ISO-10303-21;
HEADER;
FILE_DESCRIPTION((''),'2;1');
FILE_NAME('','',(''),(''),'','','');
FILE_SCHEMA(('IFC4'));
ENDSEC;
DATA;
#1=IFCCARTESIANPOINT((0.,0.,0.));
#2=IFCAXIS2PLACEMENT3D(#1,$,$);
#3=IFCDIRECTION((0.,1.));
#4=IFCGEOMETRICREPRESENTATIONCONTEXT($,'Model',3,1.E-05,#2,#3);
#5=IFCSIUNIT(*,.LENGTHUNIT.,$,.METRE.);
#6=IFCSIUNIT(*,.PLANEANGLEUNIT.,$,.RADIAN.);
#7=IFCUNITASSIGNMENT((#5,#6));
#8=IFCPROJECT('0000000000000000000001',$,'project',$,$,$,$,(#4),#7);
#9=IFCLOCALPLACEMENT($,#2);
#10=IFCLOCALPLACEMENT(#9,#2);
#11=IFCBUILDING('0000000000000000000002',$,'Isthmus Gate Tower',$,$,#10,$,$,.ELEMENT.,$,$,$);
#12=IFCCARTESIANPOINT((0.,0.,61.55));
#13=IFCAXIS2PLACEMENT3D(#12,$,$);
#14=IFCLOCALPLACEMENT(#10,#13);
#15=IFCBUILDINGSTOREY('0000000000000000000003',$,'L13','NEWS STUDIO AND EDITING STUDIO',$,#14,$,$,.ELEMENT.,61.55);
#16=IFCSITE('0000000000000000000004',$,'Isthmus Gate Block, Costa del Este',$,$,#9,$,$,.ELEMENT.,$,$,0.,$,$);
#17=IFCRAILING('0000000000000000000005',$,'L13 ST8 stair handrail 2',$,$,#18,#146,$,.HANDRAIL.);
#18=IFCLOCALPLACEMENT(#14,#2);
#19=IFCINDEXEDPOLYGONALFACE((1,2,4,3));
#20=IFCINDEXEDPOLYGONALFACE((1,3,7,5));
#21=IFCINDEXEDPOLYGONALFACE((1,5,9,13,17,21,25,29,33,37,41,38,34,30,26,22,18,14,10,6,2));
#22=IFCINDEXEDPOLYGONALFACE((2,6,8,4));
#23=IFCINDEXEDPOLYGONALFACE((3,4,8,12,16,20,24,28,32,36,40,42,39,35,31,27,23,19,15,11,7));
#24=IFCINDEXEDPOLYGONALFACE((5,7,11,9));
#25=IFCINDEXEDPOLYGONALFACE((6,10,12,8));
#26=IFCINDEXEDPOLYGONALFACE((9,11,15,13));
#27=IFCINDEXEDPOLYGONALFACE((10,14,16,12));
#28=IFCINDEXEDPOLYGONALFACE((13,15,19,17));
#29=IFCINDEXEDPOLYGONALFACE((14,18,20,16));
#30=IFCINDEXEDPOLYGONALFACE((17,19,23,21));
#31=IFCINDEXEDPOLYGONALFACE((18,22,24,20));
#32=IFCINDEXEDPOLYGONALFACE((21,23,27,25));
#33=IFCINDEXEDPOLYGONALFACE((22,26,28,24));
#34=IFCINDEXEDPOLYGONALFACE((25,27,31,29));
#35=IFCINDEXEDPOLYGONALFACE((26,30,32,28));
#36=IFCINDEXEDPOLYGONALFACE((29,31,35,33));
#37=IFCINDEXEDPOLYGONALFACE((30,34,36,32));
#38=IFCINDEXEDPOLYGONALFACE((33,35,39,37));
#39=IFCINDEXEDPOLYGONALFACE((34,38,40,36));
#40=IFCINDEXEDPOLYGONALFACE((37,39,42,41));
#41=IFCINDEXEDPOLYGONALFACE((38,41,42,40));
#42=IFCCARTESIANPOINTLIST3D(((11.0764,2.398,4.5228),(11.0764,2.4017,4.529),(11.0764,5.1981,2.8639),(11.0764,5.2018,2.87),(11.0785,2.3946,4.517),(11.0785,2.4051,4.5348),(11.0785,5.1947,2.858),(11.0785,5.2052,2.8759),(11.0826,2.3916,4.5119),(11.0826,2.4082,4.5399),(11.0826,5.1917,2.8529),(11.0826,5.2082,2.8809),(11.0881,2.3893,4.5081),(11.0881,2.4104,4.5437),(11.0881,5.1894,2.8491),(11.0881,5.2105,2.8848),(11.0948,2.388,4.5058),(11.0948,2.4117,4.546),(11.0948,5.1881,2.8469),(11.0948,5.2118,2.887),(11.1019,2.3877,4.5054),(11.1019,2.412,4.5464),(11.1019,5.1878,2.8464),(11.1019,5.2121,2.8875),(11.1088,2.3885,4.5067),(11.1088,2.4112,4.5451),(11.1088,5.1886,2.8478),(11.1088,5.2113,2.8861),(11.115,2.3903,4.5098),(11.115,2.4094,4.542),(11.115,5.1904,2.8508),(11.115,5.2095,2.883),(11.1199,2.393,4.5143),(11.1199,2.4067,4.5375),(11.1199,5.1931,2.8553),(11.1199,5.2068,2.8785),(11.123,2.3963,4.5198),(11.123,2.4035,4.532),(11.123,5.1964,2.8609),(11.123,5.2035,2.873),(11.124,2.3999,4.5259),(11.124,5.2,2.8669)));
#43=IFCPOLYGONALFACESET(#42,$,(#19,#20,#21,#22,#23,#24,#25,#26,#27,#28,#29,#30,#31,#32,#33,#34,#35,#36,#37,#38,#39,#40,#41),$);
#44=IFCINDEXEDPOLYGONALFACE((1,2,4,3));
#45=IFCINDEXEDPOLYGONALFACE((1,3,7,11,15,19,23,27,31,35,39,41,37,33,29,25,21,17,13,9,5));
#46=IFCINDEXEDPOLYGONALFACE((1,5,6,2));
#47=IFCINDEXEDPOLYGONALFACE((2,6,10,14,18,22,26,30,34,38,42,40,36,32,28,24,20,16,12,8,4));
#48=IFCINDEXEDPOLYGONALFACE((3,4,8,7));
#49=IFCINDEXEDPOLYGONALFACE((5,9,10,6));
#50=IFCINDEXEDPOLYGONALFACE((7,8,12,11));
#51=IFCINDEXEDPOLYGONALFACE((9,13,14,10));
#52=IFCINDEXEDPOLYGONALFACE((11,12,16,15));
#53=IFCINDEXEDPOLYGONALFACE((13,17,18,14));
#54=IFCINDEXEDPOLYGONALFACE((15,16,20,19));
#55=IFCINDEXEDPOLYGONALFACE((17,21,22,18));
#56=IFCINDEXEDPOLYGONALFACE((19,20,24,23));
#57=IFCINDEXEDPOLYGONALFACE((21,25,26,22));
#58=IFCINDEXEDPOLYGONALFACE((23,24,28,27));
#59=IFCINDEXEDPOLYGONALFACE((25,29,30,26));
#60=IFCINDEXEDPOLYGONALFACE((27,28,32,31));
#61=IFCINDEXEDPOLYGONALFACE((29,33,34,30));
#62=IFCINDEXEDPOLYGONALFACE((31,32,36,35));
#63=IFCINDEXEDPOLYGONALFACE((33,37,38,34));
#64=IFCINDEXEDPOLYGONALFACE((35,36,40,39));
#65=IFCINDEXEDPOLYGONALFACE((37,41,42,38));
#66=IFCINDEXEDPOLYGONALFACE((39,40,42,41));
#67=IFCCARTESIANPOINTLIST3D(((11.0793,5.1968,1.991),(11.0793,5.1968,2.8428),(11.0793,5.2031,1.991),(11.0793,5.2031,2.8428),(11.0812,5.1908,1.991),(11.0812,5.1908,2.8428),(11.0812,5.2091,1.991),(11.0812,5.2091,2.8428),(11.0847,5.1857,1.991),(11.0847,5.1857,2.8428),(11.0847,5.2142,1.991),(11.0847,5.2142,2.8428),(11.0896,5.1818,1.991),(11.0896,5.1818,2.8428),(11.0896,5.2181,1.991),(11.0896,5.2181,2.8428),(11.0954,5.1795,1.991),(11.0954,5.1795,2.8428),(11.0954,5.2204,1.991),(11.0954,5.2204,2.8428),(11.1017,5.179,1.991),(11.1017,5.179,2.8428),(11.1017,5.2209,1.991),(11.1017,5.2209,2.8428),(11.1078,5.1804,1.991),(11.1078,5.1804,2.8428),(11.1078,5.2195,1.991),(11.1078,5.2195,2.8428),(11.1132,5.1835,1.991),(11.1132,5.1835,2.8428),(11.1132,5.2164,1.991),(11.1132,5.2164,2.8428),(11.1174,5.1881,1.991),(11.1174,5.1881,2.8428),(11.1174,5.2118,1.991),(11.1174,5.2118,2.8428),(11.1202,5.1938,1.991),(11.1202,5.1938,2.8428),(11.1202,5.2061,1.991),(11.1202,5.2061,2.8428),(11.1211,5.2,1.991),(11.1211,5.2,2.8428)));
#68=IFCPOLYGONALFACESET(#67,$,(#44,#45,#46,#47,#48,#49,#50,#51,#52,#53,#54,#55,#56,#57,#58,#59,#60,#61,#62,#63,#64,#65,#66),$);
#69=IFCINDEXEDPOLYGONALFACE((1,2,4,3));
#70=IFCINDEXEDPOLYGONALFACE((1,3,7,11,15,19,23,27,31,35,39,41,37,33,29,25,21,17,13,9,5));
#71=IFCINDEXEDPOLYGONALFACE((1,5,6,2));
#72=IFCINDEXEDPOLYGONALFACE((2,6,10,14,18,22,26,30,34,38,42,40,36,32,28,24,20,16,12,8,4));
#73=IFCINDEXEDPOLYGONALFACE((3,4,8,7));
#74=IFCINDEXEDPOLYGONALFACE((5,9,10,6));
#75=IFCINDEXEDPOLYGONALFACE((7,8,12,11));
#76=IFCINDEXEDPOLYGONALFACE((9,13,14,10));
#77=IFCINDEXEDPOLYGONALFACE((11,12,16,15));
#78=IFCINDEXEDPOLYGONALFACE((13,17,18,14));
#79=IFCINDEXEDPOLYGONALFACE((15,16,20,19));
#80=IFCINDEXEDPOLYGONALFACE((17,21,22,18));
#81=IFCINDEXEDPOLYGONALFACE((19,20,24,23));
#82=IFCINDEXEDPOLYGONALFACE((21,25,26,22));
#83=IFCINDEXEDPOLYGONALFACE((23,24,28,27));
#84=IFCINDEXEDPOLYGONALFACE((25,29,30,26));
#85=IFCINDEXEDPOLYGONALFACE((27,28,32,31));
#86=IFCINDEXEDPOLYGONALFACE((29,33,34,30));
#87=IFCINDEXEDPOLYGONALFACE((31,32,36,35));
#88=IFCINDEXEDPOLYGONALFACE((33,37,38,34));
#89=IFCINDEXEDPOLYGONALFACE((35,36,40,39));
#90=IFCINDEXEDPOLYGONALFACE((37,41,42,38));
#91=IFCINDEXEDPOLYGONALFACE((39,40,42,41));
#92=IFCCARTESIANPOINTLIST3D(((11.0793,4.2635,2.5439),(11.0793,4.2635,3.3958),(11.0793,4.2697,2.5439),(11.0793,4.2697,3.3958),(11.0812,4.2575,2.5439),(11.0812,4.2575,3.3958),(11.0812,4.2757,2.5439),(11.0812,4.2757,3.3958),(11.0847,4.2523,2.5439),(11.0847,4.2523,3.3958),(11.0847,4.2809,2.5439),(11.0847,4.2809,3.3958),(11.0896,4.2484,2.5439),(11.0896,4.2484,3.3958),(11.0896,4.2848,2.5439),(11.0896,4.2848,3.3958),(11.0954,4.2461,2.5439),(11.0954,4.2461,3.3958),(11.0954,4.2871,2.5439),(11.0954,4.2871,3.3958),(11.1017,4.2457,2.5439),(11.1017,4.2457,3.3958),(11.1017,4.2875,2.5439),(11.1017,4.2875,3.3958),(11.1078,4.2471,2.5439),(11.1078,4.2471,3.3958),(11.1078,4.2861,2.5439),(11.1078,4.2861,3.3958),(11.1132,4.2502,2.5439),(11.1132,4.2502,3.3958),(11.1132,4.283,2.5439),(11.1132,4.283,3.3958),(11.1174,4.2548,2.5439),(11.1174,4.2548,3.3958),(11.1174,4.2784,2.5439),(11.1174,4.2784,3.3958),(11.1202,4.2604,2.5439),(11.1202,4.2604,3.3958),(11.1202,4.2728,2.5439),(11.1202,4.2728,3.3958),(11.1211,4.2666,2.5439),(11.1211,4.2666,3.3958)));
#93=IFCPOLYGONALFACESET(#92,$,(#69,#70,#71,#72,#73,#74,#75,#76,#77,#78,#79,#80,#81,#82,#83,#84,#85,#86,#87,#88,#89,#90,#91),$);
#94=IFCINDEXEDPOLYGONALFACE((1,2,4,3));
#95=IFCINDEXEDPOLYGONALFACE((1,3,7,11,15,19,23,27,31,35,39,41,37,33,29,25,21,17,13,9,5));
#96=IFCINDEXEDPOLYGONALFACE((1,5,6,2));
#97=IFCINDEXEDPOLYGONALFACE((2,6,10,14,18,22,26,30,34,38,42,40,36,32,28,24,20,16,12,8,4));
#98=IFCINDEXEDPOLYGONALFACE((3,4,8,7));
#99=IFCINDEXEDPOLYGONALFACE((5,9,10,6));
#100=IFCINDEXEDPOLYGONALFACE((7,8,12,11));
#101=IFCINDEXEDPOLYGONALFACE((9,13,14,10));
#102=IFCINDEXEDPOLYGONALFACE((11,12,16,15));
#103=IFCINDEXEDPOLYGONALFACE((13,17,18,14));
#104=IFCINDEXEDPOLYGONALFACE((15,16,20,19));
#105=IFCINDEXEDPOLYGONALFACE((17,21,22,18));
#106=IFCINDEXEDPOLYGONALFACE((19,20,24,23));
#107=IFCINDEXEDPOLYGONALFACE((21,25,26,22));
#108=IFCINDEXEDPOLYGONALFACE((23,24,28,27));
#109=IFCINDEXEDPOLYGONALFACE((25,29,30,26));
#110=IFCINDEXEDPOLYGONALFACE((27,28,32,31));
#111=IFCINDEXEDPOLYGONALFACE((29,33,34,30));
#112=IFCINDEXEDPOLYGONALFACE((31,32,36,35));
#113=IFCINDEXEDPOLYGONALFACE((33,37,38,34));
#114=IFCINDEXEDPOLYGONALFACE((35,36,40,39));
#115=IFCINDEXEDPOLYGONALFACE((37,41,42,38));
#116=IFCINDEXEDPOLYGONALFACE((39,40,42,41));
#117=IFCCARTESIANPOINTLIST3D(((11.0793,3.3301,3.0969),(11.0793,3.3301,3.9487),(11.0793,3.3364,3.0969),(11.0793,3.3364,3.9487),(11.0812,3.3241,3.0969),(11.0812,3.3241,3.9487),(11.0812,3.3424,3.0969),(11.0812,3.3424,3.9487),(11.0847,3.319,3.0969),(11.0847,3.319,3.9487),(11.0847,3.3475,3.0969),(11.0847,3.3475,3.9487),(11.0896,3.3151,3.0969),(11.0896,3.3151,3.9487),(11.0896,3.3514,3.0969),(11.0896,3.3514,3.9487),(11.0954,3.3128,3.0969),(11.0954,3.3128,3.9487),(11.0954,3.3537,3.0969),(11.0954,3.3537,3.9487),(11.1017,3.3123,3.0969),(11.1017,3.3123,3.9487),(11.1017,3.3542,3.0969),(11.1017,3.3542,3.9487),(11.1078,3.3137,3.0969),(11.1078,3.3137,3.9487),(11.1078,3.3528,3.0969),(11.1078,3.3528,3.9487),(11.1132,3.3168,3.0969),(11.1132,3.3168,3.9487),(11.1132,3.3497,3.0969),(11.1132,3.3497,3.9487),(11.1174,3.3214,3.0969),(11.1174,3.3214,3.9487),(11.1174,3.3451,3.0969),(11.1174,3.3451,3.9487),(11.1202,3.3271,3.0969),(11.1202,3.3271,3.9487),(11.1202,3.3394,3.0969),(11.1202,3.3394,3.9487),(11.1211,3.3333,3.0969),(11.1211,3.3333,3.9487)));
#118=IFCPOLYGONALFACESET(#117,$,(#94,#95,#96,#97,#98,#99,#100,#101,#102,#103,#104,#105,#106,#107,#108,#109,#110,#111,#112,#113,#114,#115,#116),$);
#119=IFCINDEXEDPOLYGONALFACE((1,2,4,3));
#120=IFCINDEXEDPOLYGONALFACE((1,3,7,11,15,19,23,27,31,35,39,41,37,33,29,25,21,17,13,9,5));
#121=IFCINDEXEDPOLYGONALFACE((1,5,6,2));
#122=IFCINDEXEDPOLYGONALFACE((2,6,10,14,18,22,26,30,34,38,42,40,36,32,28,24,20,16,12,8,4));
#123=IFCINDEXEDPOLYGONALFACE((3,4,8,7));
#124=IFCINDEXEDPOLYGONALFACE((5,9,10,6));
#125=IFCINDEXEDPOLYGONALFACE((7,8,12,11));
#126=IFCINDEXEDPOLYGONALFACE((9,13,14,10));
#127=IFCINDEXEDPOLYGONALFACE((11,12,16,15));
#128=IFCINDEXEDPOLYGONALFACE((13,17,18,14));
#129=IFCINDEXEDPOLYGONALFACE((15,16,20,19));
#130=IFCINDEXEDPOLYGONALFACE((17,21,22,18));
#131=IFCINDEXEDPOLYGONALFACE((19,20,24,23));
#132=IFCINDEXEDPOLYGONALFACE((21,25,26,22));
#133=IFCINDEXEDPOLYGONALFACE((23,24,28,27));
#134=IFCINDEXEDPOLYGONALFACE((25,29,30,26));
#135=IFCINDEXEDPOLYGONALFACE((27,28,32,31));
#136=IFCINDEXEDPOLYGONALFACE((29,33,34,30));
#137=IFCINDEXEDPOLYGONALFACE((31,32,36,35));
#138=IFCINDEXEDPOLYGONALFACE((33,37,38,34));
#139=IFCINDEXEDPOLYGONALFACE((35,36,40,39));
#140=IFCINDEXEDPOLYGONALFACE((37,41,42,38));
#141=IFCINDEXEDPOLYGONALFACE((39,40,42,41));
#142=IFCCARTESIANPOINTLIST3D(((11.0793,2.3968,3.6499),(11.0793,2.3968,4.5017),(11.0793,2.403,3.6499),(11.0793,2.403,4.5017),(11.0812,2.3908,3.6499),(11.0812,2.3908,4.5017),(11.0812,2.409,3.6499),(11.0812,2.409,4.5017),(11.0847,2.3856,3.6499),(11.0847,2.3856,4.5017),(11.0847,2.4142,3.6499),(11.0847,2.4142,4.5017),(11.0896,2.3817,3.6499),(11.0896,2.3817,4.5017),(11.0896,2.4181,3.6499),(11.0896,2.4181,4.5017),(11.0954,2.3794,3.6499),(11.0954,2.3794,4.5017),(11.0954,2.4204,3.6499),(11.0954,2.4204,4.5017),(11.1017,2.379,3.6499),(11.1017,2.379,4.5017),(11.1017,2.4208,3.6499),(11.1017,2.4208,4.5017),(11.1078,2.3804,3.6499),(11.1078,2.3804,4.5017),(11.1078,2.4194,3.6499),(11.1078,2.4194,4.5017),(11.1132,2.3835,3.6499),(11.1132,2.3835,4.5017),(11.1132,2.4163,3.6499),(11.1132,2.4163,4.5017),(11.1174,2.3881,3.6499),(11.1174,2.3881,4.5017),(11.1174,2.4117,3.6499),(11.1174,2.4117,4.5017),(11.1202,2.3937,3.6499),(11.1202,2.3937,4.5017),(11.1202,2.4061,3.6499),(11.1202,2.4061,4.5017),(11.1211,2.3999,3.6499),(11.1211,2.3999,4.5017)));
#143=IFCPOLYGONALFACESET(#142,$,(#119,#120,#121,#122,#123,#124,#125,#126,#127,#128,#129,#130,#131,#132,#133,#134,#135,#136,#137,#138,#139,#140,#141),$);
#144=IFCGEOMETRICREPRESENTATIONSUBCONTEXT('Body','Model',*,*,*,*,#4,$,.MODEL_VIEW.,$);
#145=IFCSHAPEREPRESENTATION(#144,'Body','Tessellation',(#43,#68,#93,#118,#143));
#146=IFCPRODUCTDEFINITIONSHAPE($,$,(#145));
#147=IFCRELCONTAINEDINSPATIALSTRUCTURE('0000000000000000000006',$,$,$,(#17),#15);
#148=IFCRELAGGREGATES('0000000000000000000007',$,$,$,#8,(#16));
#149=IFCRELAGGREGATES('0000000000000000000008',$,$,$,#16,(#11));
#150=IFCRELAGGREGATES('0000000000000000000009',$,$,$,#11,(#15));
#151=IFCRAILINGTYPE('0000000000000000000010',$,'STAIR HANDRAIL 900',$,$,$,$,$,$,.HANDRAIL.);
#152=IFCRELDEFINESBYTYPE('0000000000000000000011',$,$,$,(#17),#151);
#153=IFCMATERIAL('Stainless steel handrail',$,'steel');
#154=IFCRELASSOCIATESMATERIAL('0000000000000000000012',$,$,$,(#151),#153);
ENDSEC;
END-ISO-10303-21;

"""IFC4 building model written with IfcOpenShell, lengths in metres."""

from ifc_helpers import new_model, si_unit, direction, frame, origin, origin_2d, place, context, subcontext, project, spatial, circle, extrude, material, type_object, element, save


model = new_model("IFC4")

# Units and contexts
model_context = context("Model", 3, precision=1e-05, world=origin(), true_north=direction((0.0, 1.0)))
body_context = subcontext(model_context, "Body", "Model", "MODEL_VIEW")
ifc_project = project(units=[si_unit("LENGTHUNIT", "METRE"), si_unit("PLANEANGLEUNIT", "RADIAN")], contexts=[model_context])

# Site, building, storey
site_placement = place(None, origin())
site = spatial("IfcSite", under=ifc_project, at=site_placement, Name="Isthmus Gate Block, Costa del Este", CompositionType="ELEMENT", RefElevation=0.0)
building_placement = place(site_placement, origin())
building = spatial("IfcBuilding", under=site, at=building_placement, Name="Isthmus Gate Tower", CompositionType="ELEMENT")
storey_placement = place(building_placement, frame((0.0, 0.0, 61.55)))
storey = spatial("IfcBuildingStorey", under=building, at=storey_placement, Name="L13", Description="NEWS STUDIO AND EDITING STUDIO", CompositionType="ELEMENT", Elevation=61.55)

# Railing
ifc_material_1 = material(Name="Stainless steel handrail", Category="steel")
railing_type_1 = type_object("IfcRailingType", Name="STAIR HANDRAIL 900", PredefinedType="HANDRAIL", material=ifc_material_1)
railing_1_placement = place(storey_placement, frame((11.1001, 5.2, 1.991)))
element("IfcRailing", 1, at=railing_1_placement, inside=storey, type_object=railing_type_1, Name="L13 ST8 stair handrail 2", PredefinedType="HANDRAIL", context=body_context, shape_type="SweptSolid", body=[
    extrude(circle(Radius=0.0239, at=origin_2d()), frame((0.0, 0.0, 0.876), z_axis=(0.0, -0.860339, 0.509722), x_axis=(1.0, 0.0, 0.0)), (0.0, 0.0, 1.0), 3.2546),
    extrude(circle(Radius=0.021, at=origin_2d()), origin(), (0.0, 0.0, 1.0), 0.8518),
    extrude(circle(Radius=0.021, at=origin_2d()), frame((0.0, -0.9333, 0.553)), (0.0, 0.0, 1.0), 0.8518),
    extrude(circle(Radius=0.021, at=origin_2d()), frame((0.0, -1.8667, 1.106)), (0.0, 0.0, 1.0), 0.8518),
    extrude(circle(Radius=0.021, at=origin_2d()), frame((0.0, -2.8, 1.6589)), (0.0, 0.0, 1.0), 0.8518),
])

save(model, "model.ifc")
